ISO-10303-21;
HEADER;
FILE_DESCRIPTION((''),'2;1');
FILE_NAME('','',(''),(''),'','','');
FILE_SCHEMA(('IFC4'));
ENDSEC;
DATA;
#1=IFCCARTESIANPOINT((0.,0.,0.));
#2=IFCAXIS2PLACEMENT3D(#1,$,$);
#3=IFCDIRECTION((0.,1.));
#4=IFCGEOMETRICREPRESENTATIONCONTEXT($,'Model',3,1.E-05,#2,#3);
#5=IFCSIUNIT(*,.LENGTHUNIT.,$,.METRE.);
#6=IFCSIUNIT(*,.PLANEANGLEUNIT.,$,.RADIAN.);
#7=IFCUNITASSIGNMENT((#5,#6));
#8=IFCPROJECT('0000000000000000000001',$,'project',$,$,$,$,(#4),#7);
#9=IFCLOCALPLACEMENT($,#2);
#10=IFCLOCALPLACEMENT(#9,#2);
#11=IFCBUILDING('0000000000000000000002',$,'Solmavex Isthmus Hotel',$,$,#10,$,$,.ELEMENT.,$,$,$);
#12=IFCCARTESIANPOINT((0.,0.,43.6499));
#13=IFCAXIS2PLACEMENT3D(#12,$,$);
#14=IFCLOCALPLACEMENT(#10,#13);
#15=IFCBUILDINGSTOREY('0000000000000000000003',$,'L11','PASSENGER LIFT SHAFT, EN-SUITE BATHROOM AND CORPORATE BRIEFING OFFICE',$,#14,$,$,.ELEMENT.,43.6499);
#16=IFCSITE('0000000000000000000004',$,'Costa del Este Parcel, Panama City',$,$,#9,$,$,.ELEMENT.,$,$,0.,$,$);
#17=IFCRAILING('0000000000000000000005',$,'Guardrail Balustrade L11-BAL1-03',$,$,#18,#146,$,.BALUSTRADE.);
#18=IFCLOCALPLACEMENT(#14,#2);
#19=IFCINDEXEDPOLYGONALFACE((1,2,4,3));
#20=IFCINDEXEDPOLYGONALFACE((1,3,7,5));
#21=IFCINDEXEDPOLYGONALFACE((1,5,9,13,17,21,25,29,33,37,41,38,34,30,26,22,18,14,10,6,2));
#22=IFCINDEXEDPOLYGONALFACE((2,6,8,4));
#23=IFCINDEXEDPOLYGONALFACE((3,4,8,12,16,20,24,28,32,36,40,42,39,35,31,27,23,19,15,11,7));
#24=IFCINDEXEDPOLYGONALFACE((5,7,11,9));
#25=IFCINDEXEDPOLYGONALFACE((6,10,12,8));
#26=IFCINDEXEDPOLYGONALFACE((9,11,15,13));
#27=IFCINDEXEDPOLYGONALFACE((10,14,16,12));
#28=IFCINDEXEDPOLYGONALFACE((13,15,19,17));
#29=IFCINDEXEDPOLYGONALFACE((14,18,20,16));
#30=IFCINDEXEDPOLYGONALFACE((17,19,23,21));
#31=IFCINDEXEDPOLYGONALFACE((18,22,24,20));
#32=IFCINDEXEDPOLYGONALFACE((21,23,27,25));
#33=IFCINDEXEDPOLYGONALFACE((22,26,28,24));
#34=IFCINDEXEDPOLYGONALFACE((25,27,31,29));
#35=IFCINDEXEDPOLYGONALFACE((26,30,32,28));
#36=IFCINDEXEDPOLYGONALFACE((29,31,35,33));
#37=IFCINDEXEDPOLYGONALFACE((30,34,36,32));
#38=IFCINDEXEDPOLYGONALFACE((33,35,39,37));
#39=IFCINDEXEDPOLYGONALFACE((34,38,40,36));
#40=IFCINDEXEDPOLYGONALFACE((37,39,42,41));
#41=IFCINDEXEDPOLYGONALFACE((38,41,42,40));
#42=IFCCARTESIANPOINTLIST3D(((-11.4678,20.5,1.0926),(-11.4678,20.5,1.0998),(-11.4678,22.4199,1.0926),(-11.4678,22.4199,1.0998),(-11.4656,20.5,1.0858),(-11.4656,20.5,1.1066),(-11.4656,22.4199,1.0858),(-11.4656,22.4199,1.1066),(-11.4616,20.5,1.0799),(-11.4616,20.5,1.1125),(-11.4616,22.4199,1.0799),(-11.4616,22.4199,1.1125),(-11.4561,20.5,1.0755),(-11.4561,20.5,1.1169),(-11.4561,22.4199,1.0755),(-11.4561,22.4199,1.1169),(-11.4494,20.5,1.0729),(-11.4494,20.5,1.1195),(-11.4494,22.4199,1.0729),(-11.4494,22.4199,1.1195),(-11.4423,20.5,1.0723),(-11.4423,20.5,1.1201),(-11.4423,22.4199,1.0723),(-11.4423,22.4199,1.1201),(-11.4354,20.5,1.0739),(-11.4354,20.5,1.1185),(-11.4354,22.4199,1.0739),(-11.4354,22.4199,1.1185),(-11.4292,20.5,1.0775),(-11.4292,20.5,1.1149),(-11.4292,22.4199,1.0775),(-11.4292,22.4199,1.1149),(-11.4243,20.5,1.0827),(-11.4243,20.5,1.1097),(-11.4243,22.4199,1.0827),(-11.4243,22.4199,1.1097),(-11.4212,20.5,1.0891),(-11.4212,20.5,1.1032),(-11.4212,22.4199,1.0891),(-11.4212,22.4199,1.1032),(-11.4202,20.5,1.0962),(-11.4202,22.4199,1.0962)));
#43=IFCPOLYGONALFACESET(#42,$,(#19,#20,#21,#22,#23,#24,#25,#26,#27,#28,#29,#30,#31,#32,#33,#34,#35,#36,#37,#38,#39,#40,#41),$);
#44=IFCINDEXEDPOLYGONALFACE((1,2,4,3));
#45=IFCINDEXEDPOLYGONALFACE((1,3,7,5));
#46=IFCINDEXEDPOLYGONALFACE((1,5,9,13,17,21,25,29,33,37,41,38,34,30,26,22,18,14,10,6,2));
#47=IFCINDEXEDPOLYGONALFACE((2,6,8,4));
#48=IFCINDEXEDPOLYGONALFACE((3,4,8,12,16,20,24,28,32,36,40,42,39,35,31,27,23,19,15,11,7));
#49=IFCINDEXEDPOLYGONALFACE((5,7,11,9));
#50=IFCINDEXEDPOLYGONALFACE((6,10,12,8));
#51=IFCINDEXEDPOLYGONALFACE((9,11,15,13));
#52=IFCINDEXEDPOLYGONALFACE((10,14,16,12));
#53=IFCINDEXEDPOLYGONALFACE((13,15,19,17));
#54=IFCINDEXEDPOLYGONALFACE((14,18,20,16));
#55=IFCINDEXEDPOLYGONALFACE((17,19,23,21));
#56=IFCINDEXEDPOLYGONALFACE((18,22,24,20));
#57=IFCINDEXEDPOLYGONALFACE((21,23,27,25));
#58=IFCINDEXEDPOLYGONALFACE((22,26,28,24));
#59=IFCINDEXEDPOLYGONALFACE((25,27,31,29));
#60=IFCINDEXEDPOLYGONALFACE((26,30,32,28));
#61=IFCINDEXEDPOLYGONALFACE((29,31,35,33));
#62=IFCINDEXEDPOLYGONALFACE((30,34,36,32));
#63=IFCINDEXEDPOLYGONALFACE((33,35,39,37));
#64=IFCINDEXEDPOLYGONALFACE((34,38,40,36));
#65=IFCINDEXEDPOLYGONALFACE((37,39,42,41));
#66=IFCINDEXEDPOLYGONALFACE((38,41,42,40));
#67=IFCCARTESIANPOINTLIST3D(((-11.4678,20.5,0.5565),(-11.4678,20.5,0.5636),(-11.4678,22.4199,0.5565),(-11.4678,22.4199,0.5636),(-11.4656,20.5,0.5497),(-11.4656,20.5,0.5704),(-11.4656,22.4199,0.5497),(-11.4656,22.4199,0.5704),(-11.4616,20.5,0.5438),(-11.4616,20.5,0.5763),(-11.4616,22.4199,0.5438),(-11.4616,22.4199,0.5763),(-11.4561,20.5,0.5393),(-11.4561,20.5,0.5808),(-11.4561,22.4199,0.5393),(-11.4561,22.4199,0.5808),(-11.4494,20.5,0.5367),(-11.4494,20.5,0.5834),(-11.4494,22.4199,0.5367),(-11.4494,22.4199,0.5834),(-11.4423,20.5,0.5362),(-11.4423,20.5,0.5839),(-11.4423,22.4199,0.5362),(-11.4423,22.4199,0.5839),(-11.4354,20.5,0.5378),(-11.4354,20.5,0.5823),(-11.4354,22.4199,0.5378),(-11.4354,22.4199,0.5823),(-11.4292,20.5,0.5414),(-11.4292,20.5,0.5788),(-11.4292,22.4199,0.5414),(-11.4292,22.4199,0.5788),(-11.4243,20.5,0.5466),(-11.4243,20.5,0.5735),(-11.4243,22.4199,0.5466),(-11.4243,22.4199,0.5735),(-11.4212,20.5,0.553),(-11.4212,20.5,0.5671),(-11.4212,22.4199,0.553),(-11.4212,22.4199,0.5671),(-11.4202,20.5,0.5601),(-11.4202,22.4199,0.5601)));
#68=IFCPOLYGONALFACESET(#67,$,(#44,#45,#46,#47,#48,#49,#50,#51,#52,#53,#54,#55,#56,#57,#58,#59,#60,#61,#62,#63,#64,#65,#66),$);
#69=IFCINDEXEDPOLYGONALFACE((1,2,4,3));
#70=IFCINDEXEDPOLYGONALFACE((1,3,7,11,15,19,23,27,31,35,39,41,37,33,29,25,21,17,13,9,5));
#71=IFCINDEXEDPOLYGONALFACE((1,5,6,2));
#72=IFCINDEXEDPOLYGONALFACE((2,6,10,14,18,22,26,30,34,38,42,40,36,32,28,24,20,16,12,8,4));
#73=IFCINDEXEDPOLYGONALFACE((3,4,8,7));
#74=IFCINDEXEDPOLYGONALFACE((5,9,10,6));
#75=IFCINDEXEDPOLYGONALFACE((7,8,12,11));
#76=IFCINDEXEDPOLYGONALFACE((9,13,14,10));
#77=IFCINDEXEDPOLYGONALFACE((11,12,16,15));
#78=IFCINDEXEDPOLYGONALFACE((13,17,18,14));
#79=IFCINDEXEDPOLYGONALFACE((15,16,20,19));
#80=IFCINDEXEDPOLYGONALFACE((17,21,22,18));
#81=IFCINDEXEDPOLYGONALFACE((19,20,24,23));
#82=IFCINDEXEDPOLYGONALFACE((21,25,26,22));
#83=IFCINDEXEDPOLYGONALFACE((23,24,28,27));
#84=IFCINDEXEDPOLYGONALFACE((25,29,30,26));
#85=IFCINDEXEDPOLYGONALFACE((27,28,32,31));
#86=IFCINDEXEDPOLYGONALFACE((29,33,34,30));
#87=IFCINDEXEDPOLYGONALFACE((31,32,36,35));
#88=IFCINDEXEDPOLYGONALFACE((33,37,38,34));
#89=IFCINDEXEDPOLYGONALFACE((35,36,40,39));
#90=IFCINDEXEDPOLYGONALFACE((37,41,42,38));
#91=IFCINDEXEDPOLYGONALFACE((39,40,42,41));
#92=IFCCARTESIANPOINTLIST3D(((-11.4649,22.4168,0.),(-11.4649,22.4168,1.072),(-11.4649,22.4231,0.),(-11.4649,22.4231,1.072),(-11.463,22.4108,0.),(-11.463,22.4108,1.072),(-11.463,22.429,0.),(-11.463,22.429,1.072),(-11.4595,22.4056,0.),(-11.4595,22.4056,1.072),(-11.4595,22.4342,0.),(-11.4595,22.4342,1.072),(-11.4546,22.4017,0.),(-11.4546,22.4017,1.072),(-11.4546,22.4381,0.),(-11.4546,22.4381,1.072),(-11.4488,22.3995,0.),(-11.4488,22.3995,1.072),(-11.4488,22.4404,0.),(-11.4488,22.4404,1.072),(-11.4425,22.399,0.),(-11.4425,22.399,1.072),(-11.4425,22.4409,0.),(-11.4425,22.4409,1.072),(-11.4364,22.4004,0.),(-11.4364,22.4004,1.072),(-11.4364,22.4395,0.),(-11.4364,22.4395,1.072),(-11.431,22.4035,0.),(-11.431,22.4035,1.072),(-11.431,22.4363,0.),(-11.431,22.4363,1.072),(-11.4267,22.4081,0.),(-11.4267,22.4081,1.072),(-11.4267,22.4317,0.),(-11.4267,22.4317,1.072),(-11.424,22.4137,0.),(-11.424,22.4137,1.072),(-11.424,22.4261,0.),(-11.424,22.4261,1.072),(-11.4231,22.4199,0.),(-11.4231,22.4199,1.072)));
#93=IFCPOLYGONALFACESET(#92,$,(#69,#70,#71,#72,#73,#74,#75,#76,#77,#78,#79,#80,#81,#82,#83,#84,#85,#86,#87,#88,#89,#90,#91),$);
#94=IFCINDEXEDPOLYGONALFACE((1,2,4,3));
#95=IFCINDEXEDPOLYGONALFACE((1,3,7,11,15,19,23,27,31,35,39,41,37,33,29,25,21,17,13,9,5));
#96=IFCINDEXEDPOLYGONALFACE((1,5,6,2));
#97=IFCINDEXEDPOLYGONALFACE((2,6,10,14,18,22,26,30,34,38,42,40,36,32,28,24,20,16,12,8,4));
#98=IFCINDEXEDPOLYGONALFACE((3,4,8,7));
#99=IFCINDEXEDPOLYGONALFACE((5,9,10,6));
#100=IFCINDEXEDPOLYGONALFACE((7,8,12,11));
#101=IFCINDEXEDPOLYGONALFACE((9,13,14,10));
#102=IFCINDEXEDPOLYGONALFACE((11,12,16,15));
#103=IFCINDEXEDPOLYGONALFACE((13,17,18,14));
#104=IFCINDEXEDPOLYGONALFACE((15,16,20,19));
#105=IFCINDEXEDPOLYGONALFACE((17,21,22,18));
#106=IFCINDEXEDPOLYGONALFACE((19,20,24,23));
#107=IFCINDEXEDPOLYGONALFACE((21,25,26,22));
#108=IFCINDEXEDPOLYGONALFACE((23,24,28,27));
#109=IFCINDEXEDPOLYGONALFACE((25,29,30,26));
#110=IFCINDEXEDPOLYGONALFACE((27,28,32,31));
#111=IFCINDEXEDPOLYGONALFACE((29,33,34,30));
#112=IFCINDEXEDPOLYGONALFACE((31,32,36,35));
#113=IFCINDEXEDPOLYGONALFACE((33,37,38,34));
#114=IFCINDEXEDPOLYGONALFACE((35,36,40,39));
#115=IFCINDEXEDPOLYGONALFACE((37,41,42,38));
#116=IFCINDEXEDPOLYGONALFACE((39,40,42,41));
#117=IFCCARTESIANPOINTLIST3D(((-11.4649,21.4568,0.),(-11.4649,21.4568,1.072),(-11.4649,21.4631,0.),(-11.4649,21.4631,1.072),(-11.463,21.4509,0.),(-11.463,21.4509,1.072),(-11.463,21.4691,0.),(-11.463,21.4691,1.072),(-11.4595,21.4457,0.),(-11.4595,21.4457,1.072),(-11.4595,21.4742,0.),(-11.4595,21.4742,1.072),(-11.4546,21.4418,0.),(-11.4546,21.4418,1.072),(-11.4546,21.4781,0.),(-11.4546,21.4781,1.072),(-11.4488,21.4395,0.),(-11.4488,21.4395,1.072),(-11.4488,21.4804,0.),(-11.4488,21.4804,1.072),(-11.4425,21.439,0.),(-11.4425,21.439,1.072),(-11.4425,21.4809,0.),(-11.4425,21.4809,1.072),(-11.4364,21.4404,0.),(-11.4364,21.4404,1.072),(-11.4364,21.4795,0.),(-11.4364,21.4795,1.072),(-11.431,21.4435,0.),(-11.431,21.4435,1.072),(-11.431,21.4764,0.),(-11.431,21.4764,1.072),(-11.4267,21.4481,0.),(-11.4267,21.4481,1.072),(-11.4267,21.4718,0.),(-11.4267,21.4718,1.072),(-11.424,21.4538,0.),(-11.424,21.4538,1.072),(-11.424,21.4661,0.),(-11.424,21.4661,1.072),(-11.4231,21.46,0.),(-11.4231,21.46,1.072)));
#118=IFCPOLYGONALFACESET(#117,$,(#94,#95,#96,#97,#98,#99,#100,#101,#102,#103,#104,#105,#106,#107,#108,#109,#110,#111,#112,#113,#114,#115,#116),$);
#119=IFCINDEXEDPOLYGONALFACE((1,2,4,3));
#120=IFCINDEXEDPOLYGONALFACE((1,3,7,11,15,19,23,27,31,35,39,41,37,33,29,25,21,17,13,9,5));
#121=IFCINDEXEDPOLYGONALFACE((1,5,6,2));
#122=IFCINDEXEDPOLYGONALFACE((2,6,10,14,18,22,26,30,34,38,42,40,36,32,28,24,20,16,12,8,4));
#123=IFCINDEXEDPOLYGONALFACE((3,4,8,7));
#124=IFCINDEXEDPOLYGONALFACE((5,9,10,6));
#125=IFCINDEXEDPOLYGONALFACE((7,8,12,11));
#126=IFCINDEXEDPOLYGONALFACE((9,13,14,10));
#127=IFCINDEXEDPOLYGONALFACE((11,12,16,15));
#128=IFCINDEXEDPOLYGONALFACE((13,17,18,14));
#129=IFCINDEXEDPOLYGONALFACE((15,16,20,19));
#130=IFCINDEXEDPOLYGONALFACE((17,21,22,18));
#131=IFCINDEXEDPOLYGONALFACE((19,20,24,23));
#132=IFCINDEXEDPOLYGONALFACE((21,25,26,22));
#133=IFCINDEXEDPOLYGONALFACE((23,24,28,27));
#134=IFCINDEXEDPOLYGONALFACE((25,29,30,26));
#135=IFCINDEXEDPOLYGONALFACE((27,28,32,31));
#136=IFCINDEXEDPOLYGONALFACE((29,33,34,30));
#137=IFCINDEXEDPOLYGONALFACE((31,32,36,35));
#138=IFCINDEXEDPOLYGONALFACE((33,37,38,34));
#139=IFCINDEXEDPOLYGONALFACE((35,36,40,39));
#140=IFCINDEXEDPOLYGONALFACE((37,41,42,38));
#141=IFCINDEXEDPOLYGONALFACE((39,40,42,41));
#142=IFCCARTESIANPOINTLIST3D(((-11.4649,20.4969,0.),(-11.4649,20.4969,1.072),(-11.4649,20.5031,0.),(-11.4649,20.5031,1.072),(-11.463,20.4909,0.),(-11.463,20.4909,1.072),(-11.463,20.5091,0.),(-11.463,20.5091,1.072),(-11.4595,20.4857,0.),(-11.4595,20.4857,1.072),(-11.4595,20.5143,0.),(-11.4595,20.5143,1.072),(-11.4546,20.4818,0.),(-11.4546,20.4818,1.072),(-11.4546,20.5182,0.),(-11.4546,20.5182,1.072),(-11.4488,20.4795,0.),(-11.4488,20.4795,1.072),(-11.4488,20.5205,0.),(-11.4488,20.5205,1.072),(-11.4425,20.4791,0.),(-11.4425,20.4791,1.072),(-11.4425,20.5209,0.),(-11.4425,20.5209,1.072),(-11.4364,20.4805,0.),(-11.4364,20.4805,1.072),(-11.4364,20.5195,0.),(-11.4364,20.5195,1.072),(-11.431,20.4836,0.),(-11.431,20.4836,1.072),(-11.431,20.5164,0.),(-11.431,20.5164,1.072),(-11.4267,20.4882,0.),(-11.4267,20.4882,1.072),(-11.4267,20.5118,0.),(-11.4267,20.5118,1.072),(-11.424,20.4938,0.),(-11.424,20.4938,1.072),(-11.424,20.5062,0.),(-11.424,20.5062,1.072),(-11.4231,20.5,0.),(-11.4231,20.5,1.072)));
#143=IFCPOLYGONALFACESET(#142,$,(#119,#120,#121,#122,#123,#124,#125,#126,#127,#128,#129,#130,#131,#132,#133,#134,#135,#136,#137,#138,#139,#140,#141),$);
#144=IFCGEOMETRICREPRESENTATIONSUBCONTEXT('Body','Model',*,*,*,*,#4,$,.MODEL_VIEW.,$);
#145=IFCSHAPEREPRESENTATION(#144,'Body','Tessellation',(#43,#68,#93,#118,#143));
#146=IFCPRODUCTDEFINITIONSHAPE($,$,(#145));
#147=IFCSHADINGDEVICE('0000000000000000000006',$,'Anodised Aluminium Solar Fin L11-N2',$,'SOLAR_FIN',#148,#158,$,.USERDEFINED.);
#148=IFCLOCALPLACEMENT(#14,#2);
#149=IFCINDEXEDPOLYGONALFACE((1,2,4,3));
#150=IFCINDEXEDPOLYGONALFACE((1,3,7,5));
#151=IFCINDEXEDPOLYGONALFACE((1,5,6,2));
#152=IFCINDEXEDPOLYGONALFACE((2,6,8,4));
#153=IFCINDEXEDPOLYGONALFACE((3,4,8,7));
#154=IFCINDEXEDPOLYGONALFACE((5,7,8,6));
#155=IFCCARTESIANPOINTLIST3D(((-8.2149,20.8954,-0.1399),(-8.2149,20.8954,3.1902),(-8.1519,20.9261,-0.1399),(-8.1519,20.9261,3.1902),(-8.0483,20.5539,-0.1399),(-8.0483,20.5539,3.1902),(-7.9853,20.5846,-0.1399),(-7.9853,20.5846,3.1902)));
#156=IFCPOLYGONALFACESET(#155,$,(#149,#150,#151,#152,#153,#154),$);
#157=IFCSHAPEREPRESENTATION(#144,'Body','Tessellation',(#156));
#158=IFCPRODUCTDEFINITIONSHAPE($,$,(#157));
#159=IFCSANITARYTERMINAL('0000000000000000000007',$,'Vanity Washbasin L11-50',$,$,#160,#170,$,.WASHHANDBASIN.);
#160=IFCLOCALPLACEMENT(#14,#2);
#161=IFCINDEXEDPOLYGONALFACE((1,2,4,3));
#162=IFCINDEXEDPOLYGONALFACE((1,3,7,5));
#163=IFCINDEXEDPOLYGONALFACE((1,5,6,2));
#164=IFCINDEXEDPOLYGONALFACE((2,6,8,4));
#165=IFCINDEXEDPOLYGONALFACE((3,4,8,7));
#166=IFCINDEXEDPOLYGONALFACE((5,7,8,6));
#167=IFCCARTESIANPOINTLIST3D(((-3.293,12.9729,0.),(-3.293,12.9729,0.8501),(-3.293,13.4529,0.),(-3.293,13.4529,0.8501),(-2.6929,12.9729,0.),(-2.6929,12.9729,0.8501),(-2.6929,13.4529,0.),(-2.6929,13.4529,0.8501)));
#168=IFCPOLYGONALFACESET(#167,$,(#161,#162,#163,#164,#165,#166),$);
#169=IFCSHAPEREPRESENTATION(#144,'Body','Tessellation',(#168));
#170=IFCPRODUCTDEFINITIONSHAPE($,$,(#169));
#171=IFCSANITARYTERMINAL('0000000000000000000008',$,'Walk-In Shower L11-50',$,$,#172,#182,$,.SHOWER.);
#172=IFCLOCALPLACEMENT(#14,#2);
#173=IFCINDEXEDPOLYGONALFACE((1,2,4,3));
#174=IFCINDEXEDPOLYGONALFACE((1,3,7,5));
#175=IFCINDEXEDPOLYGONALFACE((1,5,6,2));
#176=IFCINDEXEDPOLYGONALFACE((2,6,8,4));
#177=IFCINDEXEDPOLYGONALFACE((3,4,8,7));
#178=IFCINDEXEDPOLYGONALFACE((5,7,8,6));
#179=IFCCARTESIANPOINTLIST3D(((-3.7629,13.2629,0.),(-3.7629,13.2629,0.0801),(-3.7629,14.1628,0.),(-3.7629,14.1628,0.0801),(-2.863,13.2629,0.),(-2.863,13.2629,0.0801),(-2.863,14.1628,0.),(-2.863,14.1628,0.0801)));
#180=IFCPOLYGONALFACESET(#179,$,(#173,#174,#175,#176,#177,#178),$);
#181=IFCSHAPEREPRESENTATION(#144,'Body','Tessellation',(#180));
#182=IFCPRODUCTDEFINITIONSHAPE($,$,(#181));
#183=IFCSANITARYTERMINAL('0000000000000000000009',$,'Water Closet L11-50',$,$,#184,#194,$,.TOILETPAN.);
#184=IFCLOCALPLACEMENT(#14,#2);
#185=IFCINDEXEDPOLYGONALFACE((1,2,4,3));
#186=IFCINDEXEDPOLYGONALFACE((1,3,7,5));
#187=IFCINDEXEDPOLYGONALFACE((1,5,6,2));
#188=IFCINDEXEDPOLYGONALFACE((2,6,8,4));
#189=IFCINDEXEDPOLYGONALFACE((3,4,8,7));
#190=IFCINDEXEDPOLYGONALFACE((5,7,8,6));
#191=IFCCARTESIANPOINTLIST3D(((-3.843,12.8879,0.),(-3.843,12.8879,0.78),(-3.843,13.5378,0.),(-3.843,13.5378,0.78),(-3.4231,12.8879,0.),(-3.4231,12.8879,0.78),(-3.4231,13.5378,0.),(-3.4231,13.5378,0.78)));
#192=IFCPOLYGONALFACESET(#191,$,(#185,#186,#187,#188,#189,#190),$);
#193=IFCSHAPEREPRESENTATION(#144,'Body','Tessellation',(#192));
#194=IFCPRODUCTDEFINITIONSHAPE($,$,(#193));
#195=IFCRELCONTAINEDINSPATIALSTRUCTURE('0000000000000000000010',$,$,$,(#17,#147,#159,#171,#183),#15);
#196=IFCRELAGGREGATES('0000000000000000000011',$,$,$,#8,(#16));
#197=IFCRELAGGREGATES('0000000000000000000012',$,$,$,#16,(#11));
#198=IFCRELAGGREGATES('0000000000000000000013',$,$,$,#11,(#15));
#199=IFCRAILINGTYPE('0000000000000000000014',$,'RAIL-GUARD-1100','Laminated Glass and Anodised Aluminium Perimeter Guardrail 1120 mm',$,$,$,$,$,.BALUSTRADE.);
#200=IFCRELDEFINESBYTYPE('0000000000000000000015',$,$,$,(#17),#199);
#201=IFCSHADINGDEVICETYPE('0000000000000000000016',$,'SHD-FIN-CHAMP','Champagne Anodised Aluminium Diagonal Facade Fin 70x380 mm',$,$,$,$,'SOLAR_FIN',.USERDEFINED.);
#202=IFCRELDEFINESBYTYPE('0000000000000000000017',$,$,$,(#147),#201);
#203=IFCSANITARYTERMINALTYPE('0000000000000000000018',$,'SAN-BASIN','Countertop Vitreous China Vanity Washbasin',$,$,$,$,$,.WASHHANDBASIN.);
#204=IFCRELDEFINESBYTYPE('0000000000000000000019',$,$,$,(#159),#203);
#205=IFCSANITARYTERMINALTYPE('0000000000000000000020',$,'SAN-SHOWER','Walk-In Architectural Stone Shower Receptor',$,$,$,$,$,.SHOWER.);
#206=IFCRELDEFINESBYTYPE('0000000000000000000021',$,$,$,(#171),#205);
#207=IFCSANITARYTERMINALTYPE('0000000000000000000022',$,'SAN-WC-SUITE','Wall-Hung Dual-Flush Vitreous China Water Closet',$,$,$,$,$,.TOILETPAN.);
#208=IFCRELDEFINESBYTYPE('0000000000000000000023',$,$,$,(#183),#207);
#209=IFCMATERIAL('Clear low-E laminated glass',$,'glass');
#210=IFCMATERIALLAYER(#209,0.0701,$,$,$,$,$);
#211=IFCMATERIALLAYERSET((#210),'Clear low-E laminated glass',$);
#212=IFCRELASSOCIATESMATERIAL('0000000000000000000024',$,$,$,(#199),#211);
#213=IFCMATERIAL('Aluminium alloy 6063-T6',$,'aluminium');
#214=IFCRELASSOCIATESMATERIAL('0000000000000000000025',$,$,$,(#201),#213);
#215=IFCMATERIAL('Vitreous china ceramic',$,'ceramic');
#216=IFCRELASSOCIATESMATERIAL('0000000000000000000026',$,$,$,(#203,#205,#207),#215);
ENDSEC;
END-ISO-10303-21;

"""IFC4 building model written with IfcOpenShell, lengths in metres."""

from ifc_helpers import new_model, si_unit, direction, frame, origin, origin_2d, place, context, subcontext, project, spatial, rectangle, circle, extrude, material, layer, layer_set, type_object, element, save


model = new_model("IFC4")

# Units and contexts
model_context = context("Model", 3, precision=1e-05, world=origin(), true_north=direction((0.0, 1.0)))
body_context = subcontext(model_context, "Body", "Model", "MODEL_VIEW")
ifc_project = project(units=[si_unit("LENGTHUNIT", "METRE"), si_unit("PLANEANGLEUNIT", "RADIAN")], contexts=[model_context])

# Site, building, storey
site_placement = place(None, origin())
site = spatial("IfcSite", under=ifc_project, at=site_placement, Name="Costa del Este Parcel, Panama City", CompositionType="ELEMENT", RefElevation=0.0)
building_placement = place(site_placement, origin())
building = spatial("IfcBuilding", under=site, at=building_placement, Name="Solmavex Isthmus Hotel", CompositionType="ELEMENT")
storey_placement = place(building_placement, frame((0.0, 0.0, 43.6499)))
storey = spatial("IfcBuildingStorey", under=building, at=storey_placement, Name="L11", Description="PASSENGER LIFT SHAFT, EN-SUITE BATHROOM AND CORPORATE BRIEFING OFFICE", CompositionType="ELEMENT", Elevation=43.6499)

# Shared definitions
ifc_material_1 = material(Name="Aluminium alloy 6063-T6", Category="aluminium")
ifc_material_2 = material(Name="Clear low-E laminated glass", Category="glass")

# Railing
ifc_layer_1 = layer(ifc_material_2, 0.0701)
ifc_layer_set_1 = layer_set([ifc_layer_1], Name="Clear low-E laminated glass")
railing_type = type_object("IfcRailingType", Name="RAIL-GUARD-1100", Description="Laminated Glass and Anodised Aluminium Perimeter Guardrail 1120 mm", PredefinedType="BALUSTRADE", material=ifc_layer_set_1)
railing_placement = place(storey_placement, frame((-11.4441, 22.4199, 0.0)))
element("IfcRailing", 1, at=railing_placement, inside=storey, type_object=railing_type, Name="Guardrail Balustrade L11-BAL1-03", PredefinedType="BALUSTRADE", context=body_context, shape_type="SweptSolid", body=[
    extrude(circle(Radius=0.0239, at=origin_2d()), frame((0.0, 0.0, 1.0962), z_axis=(0.0, -1.0, 0.0), x_axis=(1.0, 0.0, 0.0)), (0.0, 0.0, 1.0), 1.9199),
    extrude(circle(Radius=0.0239, at=origin_2d()), frame((0.0, 0.0, 0.5601), z_axis=(0.0, -1.0, 0.0), x_axis=(1.0, 0.0, 0.0)), (0.0, 0.0, 1.0), 1.9199),
    extrude(circle(Radius=0.021, at=origin_2d()), origin(), (0.0, 0.0, 1.0), 1.072),
    extrude(circle(Radius=0.021, at=origin_2d()), frame((0.0, -0.96, 0.0)), (0.0, 0.0, 1.0), 1.072),
    extrude(circle(Radius=0.021, at=origin_2d()), frame((0.0, -1.9199, 0.0)), (0.0, 0.0, 1.0), 1.072),
])

# Shading device
shading_device_type = type_object("IfcShadingDeviceType", Name="SHD-FIN-CHAMP", Description="Champagne Anodised Aluminium Diagonal Facade Fin 70x380 mm", ElementType="SOLAR_FIN", PredefinedType="USERDEFINED", material=ifc_material_1)
shading_device_placement = place(storey_placement, frame((-8.1001, 20.74, -0.1399), z_axis=(0.0, 0.0, 1.0), x_axis=(-0.438371, 0.898794, 0.0)))
element("IfcShadingDevice", 2, at=shading_device_placement, inside=storey, type_object=shading_device_type, Name="Anodised Aluminium Solar Fin L11-N2", ObjectType="SOLAR_FIN", PredefinedType="USERDEFINED", context=body_context, shape_type="SweptSolid", body=[
    extrude(rectangle(XDim=0.3799, YDim=0.0701, at=origin_2d()), origin(), (0.0, 0.0, 1.0), 3.3301),
])

# Sanitary terminals
ifc_material_3 = material(Name="Vitreous china ceramic", Category="ceramic")
sanitary_terminal_type_1 = type_object("IfcSanitaryTerminalType", Name="SAN-BASIN", Description="Countertop Vitreous China Vanity Washbasin", PredefinedType="WASHHANDBASIN", material=ifc_material_3)
sanitary_terminal_1_placement = place(storey_placement, frame((-2.9929, 13.2129, 0.0), z_axis=(0.0, 0.0, 1.0), x_axis=(1.0, 0.0, 0.0)))
element("IfcSanitaryTerminal", 3, at=sanitary_terminal_1_placement, inside=storey, type_object=sanitary_terminal_type_1, Name="Vanity Washbasin L11-50", PredefinedType="WASHHANDBASIN", context=body_context, shape_type="SweptSolid", body=[
    extrude(rectangle(XDim=0.6001, YDim=0.48, at=origin_2d()), origin(), (0.0, 0.0, 1.0), 0.8501),
])
sanitary_terminal_type_2 = type_object("IfcSanitaryTerminalType", Name="SAN-SHOWER", Description="Walk-In Architectural Stone Shower Receptor", PredefinedType="SHOWER", material=ifc_material_3)
sanitary_terminal_2_placement = place(storey_placement, frame((-3.313, 13.7129, 0.0), z_axis=(0.0, 0.0, 1.0), x_axis=(1.0, 0.0, 0.0)))
element("IfcSanitaryTerminal", 4, at=sanitary_terminal_2_placement, inside=storey, type_object=sanitary_terminal_type_2, Name="Walk-In Shower L11-50", PredefinedType="SHOWER", context=body_context, shape_type="SweptSolid", body=[
    extrude(rectangle(XDim=0.8999, YDim=0.8999, at=origin_2d()), origin(), (0.0, 0.0, 1.0), 0.0801),
])
sanitary_terminal_type_3 = type_object("IfcSanitaryTerminalType", Name="SAN-WC-SUITE", Description="Wall-Hung Dual-Flush Vitreous China Water Closet", PredefinedType="TOILETPAN", material=ifc_material_3)
sanitary_terminal_3_placement = place(storey_placement, frame((-3.6331, 13.2129, 0.0), z_axis=(0.0, 0.0, 1.0), x_axis=(1.0, 0.0, 0.0)))
element("IfcSanitaryTerminal", 5, at=sanitary_terminal_3_placement, inside=storey, type_object=sanitary_terminal_type_3, Name="Water Closet L11-50", PredefinedType="TOILETPAN", context=body_context, shape_type="SweptSolid", body=[
    extrude(rectangle(XDim=0.4199, YDim=0.6499, at=origin_2d()), origin(), (0.0, 0.0, 1.0), 0.78),
])

save(model, "model.ifc")
